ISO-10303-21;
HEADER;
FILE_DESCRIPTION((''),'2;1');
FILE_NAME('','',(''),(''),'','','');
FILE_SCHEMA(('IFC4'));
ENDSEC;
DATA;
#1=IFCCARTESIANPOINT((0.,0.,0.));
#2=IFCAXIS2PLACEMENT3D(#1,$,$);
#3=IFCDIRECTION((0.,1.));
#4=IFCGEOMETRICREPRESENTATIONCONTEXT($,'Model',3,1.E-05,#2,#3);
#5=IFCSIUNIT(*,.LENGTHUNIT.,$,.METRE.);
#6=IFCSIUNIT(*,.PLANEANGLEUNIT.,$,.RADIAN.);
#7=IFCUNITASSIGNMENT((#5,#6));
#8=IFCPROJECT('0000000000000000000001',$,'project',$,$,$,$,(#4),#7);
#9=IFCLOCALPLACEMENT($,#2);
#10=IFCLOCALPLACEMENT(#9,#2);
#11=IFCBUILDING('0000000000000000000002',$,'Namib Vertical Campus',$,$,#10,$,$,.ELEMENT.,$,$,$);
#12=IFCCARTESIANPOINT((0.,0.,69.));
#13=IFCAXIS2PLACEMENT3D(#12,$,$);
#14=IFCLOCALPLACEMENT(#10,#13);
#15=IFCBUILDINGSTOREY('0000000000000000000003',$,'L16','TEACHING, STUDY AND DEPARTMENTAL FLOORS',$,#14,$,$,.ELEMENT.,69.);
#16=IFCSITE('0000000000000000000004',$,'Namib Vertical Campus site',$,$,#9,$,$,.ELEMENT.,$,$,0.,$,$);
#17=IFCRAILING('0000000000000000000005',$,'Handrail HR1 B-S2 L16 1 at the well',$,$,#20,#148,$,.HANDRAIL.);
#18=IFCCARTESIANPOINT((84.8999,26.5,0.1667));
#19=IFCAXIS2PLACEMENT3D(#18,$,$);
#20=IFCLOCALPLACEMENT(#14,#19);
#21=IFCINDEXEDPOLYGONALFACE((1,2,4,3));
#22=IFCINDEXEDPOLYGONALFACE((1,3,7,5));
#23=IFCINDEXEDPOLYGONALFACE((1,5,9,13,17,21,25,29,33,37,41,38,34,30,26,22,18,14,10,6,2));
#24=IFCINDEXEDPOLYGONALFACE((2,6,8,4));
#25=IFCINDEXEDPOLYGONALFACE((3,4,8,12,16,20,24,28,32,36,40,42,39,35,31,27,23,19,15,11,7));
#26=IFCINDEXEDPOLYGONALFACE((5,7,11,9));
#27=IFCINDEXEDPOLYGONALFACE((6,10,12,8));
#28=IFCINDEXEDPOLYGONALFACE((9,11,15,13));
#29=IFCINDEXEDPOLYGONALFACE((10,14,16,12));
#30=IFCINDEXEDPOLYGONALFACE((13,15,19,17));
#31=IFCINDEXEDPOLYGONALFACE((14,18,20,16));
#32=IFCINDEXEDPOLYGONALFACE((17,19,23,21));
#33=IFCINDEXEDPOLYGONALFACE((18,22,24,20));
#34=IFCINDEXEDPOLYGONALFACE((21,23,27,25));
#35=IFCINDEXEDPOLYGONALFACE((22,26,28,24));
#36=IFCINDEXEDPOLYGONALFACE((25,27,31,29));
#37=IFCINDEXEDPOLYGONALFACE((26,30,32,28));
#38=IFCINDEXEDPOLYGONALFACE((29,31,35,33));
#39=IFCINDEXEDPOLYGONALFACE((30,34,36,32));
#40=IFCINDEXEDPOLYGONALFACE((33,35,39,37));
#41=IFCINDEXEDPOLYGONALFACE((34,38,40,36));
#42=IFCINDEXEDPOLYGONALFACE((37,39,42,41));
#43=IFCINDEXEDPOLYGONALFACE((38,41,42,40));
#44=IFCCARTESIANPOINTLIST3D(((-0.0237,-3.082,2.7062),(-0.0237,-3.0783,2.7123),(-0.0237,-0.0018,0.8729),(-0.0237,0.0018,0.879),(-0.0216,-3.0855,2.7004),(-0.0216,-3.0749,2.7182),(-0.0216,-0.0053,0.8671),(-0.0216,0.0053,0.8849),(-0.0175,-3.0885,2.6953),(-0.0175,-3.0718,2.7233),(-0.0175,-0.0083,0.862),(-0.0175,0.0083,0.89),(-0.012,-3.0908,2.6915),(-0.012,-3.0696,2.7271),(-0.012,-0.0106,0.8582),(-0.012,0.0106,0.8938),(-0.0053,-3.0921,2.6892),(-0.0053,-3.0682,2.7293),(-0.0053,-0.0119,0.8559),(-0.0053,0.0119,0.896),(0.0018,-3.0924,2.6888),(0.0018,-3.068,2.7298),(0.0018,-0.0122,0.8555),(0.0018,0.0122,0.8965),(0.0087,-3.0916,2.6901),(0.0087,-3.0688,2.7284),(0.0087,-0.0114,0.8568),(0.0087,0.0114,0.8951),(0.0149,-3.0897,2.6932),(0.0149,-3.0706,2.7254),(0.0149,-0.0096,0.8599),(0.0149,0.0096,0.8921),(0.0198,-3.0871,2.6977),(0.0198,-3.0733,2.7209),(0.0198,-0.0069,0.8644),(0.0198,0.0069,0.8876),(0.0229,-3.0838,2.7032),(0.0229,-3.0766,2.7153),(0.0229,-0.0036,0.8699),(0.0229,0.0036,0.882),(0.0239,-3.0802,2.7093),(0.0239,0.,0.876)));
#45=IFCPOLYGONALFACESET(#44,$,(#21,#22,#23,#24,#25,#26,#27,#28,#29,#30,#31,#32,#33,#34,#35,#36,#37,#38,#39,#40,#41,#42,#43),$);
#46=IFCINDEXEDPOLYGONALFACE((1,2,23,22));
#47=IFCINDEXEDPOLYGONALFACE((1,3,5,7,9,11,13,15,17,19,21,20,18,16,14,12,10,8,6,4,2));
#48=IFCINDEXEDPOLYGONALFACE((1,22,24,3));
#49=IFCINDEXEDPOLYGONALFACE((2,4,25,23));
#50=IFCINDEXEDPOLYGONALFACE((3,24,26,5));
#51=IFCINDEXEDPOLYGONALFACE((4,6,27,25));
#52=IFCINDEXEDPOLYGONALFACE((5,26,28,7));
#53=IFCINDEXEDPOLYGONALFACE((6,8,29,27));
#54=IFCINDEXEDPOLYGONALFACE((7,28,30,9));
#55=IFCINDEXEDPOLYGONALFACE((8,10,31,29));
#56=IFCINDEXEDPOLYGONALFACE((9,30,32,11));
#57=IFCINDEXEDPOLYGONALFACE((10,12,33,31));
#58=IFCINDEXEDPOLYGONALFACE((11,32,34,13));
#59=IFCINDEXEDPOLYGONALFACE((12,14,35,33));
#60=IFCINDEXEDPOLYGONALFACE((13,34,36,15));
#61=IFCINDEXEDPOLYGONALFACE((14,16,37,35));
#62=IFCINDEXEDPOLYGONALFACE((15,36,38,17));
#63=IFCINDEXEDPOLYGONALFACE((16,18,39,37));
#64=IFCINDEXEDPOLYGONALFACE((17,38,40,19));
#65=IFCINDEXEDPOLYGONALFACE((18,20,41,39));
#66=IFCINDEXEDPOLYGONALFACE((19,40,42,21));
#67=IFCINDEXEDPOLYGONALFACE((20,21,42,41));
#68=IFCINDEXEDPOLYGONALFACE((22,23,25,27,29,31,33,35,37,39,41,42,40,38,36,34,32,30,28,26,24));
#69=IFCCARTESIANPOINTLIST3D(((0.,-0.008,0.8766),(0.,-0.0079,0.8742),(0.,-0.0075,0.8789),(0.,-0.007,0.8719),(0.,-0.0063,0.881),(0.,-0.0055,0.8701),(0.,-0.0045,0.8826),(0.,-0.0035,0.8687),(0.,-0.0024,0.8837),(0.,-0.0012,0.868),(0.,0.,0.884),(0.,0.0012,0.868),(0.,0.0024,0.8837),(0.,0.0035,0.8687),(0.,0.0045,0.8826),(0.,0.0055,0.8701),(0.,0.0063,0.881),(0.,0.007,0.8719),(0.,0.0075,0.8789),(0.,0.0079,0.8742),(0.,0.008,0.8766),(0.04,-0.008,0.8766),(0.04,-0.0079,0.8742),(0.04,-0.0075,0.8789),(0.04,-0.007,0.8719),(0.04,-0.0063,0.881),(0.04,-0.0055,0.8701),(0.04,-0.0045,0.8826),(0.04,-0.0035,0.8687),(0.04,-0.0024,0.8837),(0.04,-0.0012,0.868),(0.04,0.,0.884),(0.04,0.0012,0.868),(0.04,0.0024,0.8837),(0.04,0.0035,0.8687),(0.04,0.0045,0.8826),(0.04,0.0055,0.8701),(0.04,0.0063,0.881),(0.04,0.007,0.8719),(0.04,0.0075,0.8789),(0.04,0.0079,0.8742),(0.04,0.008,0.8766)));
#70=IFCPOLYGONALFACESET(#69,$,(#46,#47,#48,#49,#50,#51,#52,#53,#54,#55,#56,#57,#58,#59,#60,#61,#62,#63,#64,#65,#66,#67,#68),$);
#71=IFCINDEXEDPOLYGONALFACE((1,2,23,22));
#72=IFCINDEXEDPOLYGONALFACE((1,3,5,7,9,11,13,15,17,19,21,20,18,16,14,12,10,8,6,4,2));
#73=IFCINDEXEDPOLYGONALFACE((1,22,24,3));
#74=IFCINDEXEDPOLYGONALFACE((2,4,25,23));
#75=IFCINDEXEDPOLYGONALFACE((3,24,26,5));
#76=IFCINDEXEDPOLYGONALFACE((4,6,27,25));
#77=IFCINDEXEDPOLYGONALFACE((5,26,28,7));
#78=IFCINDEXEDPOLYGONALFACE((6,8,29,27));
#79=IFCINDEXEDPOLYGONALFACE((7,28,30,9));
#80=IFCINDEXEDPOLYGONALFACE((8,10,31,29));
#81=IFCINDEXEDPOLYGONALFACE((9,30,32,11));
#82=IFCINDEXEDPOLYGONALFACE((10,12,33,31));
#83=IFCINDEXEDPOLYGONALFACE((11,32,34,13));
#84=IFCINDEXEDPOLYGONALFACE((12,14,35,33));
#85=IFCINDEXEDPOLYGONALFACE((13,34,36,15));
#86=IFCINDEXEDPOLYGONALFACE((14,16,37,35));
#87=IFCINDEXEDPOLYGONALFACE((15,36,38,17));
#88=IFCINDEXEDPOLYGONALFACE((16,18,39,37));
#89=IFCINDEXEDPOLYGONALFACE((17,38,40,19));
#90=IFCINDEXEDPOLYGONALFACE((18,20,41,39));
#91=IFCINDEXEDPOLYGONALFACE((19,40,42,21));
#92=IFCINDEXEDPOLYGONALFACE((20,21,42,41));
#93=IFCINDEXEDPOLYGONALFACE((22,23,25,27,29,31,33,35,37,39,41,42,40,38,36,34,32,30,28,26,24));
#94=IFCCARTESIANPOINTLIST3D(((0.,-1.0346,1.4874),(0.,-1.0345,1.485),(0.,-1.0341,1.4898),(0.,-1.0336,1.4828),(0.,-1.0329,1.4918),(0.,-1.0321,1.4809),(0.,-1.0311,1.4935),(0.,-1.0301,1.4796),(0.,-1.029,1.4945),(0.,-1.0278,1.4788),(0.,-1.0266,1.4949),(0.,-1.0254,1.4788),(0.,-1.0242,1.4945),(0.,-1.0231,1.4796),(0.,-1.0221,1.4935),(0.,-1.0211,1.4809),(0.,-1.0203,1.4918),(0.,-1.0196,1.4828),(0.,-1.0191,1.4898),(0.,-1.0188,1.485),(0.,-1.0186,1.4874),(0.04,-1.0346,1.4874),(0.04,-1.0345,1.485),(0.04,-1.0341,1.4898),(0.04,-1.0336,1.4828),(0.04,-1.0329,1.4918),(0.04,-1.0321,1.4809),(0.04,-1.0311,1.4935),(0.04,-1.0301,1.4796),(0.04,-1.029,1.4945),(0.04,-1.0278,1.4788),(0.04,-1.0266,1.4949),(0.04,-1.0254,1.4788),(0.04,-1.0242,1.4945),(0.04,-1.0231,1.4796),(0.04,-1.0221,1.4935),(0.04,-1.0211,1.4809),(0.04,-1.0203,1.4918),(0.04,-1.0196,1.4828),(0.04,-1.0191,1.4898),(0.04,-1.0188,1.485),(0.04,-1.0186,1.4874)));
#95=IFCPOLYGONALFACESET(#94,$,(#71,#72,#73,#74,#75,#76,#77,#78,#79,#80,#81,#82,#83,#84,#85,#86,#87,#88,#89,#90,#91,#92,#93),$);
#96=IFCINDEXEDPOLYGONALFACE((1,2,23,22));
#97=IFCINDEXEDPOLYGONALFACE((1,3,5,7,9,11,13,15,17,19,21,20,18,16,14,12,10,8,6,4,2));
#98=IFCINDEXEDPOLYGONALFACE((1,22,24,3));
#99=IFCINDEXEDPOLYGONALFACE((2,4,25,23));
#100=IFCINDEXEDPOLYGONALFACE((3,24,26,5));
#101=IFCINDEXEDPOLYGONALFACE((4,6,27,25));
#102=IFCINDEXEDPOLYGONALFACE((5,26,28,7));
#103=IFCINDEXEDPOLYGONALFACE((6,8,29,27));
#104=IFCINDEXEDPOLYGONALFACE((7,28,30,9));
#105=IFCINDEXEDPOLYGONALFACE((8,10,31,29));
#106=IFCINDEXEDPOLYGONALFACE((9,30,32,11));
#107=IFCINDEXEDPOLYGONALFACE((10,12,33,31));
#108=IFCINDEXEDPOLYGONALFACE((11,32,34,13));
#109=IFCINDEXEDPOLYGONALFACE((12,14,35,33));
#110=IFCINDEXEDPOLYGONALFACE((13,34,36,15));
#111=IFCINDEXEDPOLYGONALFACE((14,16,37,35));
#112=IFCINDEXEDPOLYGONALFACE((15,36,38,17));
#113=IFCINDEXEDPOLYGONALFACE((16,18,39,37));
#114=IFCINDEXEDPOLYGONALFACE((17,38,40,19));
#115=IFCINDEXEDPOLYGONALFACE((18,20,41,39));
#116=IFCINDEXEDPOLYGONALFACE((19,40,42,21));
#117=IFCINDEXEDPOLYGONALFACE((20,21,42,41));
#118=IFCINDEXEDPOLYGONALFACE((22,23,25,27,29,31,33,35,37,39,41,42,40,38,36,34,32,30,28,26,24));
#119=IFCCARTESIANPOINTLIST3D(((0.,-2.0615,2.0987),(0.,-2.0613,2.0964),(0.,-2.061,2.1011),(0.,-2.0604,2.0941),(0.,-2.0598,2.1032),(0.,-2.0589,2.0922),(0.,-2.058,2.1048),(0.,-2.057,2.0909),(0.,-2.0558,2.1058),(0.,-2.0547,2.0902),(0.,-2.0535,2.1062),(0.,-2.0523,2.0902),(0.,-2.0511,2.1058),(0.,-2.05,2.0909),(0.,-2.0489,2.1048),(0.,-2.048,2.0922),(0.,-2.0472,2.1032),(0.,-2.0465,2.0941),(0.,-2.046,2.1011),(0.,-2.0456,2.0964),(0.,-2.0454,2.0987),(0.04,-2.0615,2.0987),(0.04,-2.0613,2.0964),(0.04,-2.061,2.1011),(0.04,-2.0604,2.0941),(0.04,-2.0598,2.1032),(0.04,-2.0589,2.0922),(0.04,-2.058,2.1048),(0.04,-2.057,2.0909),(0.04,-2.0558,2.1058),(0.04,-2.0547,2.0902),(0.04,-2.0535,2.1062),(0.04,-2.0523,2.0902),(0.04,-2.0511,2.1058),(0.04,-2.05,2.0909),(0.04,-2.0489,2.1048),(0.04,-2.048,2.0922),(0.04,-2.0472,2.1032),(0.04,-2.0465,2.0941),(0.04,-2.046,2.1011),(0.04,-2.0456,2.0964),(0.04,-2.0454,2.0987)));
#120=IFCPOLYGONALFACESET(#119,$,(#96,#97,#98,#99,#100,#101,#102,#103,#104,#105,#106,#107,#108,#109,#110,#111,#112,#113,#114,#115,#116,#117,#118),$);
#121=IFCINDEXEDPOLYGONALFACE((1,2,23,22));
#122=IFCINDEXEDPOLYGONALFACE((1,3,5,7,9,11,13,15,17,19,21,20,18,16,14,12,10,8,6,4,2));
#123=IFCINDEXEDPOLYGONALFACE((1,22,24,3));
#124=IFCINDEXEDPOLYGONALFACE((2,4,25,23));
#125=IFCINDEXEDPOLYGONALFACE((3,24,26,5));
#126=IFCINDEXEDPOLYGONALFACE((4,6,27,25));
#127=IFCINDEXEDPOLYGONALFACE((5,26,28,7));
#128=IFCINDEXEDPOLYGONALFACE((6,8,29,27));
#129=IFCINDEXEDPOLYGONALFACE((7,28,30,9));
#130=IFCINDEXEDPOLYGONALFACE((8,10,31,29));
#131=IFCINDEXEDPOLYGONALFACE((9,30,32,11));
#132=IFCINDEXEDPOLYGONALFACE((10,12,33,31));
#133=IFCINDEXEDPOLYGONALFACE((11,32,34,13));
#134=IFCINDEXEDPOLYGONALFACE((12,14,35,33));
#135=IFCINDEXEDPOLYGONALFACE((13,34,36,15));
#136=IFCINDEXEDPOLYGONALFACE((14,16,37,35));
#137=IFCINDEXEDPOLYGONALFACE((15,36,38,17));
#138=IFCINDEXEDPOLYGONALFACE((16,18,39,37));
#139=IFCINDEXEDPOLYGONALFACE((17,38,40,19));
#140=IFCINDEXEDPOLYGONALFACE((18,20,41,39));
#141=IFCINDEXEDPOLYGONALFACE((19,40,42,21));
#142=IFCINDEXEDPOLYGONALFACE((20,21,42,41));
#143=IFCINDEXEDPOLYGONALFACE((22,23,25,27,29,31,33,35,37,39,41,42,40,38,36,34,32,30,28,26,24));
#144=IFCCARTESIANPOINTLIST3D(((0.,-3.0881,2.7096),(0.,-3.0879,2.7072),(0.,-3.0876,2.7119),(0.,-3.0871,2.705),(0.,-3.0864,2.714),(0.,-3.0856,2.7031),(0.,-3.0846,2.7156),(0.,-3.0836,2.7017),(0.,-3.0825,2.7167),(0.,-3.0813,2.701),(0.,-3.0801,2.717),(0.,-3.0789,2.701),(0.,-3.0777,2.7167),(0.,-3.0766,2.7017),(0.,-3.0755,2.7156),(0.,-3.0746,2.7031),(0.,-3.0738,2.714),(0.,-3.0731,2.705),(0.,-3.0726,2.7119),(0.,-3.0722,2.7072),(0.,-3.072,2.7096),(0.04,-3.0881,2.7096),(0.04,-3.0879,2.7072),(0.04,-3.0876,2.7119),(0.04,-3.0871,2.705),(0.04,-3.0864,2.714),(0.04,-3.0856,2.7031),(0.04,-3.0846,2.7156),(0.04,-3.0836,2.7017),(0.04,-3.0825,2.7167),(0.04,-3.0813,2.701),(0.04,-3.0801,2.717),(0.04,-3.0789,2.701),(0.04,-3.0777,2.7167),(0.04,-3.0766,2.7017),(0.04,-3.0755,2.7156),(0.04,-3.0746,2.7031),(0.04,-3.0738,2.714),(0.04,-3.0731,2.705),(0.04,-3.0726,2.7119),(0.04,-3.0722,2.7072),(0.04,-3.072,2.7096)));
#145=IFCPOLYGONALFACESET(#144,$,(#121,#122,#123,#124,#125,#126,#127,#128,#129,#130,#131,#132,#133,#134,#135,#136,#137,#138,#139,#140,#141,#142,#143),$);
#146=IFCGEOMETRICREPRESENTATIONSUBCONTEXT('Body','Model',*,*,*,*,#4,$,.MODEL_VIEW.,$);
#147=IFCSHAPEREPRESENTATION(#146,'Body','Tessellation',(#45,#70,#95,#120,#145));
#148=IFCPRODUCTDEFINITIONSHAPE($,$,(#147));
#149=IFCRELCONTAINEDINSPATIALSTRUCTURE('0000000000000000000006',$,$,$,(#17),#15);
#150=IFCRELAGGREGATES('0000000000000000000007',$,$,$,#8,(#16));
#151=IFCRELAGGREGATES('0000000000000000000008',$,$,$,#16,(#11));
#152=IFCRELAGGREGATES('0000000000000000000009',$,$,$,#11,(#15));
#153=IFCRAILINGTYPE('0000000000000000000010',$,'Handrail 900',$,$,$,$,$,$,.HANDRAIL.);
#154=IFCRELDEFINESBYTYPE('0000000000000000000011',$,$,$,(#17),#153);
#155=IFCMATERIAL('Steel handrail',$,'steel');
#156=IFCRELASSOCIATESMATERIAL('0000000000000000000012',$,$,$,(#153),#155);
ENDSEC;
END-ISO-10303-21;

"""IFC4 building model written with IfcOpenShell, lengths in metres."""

from ifc_helpers import new_model, si_unit, direction, frame, origin, origin_2d, place, context, subcontext, project, spatial, circle, extrude, material, type_object, element, save


model = new_model("IFC4")

# Units and contexts
model_context = context("Model", 3, precision=1e-05, world=origin(), true_north=direction((0.0, 1.0)))
body_context = subcontext(model_context, "Body", "Model", "MODEL_VIEW")
ifc_project = project(units=[si_unit("LENGTHUNIT", "METRE"), si_unit("PLANEANGLEUNIT", "RADIAN")], contexts=[model_context])

# Site, building, storey
site_placement = place(None, origin())
site = spatial("IfcSite", under=ifc_project, at=site_placement, Name="Namib Vertical Campus site", CompositionType="ELEMENT", RefElevation=0.0)
building_placement = place(site_placement, origin())
building = spatial("IfcBuilding", under=site, at=building_placement, Name="Namib Vertical Campus", CompositionType="ELEMENT")
storey_placement = place(building_placement, frame((0.0, 0.0, 69.0)))
storey = spatial("IfcBuildingStorey", under=building, at=storey_placement, Name="L16", Description="TEACHING, STUDY AND DEPARTMENTAL FLOORS", CompositionType="ELEMENT", Elevation=69.0)

# Railing
ifc_material_1 = material(Name="Steel handrail", Category="steel")
railing_type_1 = type_object("IfcRailingType", Name="Handrail 900", PredefinedType="HANDRAIL", material=ifc_material_1)
railing_1_placement = place(storey_placement, frame((84.8999, 26.5, 0.1667)))
element("IfcRailing", 1, at=railing_1_placement, inside=storey, type_object=railing_type_1, Name="Handrail HR1 B-S2 L16 1 at the well", PredefinedType="HANDRAIL", context=body_context, shape_type="SweptSolid", body=[
    extrude(circle(Radius=0.0239, at=origin_2d()), frame((0.0, 0.0, 0.876), z_axis=(0.0, -0.859309, 0.511458), x_axis=(1.0, 0.0, 0.0)), (0.0, 0.0, 1.0), 3.5845),
    extrude(circle(Radius=0.0081, at=origin_2d()), frame((0.0, 0.0, 0.876), z_axis=(1.0, 0.0, 0.0), x_axis=(0.0, 0.0, 1.0)), (0.0, 0.0, 1.0), 0.04),
    extrude(circle(Radius=0.0081, at=origin_2d()), frame((0.0, -1.0266, 1.4868), z_axis=(1.0, 0.0, 0.0), x_axis=(0.0, 0.0, 1.0)), (0.0, 0.0, 1.0), 0.04),
    extrude(circle(Radius=0.0081, at=origin_2d()), frame((0.0, -2.0535, 2.0981), z_axis=(1.0, 0.0, 0.0), x_axis=(0.0, 0.0, 1.0)), (0.0, 0.0, 1.0), 0.04),
    extrude(circle(Radius=0.0081, at=origin_2d()), frame((0.0, -3.0801, 2.709), z_axis=(1.0, 0.0, 0.0), x_axis=(0.0, 0.0, 1.0)), (0.0, 0.0, 1.0), 0.04),
])

save(model, "model.ifc")
